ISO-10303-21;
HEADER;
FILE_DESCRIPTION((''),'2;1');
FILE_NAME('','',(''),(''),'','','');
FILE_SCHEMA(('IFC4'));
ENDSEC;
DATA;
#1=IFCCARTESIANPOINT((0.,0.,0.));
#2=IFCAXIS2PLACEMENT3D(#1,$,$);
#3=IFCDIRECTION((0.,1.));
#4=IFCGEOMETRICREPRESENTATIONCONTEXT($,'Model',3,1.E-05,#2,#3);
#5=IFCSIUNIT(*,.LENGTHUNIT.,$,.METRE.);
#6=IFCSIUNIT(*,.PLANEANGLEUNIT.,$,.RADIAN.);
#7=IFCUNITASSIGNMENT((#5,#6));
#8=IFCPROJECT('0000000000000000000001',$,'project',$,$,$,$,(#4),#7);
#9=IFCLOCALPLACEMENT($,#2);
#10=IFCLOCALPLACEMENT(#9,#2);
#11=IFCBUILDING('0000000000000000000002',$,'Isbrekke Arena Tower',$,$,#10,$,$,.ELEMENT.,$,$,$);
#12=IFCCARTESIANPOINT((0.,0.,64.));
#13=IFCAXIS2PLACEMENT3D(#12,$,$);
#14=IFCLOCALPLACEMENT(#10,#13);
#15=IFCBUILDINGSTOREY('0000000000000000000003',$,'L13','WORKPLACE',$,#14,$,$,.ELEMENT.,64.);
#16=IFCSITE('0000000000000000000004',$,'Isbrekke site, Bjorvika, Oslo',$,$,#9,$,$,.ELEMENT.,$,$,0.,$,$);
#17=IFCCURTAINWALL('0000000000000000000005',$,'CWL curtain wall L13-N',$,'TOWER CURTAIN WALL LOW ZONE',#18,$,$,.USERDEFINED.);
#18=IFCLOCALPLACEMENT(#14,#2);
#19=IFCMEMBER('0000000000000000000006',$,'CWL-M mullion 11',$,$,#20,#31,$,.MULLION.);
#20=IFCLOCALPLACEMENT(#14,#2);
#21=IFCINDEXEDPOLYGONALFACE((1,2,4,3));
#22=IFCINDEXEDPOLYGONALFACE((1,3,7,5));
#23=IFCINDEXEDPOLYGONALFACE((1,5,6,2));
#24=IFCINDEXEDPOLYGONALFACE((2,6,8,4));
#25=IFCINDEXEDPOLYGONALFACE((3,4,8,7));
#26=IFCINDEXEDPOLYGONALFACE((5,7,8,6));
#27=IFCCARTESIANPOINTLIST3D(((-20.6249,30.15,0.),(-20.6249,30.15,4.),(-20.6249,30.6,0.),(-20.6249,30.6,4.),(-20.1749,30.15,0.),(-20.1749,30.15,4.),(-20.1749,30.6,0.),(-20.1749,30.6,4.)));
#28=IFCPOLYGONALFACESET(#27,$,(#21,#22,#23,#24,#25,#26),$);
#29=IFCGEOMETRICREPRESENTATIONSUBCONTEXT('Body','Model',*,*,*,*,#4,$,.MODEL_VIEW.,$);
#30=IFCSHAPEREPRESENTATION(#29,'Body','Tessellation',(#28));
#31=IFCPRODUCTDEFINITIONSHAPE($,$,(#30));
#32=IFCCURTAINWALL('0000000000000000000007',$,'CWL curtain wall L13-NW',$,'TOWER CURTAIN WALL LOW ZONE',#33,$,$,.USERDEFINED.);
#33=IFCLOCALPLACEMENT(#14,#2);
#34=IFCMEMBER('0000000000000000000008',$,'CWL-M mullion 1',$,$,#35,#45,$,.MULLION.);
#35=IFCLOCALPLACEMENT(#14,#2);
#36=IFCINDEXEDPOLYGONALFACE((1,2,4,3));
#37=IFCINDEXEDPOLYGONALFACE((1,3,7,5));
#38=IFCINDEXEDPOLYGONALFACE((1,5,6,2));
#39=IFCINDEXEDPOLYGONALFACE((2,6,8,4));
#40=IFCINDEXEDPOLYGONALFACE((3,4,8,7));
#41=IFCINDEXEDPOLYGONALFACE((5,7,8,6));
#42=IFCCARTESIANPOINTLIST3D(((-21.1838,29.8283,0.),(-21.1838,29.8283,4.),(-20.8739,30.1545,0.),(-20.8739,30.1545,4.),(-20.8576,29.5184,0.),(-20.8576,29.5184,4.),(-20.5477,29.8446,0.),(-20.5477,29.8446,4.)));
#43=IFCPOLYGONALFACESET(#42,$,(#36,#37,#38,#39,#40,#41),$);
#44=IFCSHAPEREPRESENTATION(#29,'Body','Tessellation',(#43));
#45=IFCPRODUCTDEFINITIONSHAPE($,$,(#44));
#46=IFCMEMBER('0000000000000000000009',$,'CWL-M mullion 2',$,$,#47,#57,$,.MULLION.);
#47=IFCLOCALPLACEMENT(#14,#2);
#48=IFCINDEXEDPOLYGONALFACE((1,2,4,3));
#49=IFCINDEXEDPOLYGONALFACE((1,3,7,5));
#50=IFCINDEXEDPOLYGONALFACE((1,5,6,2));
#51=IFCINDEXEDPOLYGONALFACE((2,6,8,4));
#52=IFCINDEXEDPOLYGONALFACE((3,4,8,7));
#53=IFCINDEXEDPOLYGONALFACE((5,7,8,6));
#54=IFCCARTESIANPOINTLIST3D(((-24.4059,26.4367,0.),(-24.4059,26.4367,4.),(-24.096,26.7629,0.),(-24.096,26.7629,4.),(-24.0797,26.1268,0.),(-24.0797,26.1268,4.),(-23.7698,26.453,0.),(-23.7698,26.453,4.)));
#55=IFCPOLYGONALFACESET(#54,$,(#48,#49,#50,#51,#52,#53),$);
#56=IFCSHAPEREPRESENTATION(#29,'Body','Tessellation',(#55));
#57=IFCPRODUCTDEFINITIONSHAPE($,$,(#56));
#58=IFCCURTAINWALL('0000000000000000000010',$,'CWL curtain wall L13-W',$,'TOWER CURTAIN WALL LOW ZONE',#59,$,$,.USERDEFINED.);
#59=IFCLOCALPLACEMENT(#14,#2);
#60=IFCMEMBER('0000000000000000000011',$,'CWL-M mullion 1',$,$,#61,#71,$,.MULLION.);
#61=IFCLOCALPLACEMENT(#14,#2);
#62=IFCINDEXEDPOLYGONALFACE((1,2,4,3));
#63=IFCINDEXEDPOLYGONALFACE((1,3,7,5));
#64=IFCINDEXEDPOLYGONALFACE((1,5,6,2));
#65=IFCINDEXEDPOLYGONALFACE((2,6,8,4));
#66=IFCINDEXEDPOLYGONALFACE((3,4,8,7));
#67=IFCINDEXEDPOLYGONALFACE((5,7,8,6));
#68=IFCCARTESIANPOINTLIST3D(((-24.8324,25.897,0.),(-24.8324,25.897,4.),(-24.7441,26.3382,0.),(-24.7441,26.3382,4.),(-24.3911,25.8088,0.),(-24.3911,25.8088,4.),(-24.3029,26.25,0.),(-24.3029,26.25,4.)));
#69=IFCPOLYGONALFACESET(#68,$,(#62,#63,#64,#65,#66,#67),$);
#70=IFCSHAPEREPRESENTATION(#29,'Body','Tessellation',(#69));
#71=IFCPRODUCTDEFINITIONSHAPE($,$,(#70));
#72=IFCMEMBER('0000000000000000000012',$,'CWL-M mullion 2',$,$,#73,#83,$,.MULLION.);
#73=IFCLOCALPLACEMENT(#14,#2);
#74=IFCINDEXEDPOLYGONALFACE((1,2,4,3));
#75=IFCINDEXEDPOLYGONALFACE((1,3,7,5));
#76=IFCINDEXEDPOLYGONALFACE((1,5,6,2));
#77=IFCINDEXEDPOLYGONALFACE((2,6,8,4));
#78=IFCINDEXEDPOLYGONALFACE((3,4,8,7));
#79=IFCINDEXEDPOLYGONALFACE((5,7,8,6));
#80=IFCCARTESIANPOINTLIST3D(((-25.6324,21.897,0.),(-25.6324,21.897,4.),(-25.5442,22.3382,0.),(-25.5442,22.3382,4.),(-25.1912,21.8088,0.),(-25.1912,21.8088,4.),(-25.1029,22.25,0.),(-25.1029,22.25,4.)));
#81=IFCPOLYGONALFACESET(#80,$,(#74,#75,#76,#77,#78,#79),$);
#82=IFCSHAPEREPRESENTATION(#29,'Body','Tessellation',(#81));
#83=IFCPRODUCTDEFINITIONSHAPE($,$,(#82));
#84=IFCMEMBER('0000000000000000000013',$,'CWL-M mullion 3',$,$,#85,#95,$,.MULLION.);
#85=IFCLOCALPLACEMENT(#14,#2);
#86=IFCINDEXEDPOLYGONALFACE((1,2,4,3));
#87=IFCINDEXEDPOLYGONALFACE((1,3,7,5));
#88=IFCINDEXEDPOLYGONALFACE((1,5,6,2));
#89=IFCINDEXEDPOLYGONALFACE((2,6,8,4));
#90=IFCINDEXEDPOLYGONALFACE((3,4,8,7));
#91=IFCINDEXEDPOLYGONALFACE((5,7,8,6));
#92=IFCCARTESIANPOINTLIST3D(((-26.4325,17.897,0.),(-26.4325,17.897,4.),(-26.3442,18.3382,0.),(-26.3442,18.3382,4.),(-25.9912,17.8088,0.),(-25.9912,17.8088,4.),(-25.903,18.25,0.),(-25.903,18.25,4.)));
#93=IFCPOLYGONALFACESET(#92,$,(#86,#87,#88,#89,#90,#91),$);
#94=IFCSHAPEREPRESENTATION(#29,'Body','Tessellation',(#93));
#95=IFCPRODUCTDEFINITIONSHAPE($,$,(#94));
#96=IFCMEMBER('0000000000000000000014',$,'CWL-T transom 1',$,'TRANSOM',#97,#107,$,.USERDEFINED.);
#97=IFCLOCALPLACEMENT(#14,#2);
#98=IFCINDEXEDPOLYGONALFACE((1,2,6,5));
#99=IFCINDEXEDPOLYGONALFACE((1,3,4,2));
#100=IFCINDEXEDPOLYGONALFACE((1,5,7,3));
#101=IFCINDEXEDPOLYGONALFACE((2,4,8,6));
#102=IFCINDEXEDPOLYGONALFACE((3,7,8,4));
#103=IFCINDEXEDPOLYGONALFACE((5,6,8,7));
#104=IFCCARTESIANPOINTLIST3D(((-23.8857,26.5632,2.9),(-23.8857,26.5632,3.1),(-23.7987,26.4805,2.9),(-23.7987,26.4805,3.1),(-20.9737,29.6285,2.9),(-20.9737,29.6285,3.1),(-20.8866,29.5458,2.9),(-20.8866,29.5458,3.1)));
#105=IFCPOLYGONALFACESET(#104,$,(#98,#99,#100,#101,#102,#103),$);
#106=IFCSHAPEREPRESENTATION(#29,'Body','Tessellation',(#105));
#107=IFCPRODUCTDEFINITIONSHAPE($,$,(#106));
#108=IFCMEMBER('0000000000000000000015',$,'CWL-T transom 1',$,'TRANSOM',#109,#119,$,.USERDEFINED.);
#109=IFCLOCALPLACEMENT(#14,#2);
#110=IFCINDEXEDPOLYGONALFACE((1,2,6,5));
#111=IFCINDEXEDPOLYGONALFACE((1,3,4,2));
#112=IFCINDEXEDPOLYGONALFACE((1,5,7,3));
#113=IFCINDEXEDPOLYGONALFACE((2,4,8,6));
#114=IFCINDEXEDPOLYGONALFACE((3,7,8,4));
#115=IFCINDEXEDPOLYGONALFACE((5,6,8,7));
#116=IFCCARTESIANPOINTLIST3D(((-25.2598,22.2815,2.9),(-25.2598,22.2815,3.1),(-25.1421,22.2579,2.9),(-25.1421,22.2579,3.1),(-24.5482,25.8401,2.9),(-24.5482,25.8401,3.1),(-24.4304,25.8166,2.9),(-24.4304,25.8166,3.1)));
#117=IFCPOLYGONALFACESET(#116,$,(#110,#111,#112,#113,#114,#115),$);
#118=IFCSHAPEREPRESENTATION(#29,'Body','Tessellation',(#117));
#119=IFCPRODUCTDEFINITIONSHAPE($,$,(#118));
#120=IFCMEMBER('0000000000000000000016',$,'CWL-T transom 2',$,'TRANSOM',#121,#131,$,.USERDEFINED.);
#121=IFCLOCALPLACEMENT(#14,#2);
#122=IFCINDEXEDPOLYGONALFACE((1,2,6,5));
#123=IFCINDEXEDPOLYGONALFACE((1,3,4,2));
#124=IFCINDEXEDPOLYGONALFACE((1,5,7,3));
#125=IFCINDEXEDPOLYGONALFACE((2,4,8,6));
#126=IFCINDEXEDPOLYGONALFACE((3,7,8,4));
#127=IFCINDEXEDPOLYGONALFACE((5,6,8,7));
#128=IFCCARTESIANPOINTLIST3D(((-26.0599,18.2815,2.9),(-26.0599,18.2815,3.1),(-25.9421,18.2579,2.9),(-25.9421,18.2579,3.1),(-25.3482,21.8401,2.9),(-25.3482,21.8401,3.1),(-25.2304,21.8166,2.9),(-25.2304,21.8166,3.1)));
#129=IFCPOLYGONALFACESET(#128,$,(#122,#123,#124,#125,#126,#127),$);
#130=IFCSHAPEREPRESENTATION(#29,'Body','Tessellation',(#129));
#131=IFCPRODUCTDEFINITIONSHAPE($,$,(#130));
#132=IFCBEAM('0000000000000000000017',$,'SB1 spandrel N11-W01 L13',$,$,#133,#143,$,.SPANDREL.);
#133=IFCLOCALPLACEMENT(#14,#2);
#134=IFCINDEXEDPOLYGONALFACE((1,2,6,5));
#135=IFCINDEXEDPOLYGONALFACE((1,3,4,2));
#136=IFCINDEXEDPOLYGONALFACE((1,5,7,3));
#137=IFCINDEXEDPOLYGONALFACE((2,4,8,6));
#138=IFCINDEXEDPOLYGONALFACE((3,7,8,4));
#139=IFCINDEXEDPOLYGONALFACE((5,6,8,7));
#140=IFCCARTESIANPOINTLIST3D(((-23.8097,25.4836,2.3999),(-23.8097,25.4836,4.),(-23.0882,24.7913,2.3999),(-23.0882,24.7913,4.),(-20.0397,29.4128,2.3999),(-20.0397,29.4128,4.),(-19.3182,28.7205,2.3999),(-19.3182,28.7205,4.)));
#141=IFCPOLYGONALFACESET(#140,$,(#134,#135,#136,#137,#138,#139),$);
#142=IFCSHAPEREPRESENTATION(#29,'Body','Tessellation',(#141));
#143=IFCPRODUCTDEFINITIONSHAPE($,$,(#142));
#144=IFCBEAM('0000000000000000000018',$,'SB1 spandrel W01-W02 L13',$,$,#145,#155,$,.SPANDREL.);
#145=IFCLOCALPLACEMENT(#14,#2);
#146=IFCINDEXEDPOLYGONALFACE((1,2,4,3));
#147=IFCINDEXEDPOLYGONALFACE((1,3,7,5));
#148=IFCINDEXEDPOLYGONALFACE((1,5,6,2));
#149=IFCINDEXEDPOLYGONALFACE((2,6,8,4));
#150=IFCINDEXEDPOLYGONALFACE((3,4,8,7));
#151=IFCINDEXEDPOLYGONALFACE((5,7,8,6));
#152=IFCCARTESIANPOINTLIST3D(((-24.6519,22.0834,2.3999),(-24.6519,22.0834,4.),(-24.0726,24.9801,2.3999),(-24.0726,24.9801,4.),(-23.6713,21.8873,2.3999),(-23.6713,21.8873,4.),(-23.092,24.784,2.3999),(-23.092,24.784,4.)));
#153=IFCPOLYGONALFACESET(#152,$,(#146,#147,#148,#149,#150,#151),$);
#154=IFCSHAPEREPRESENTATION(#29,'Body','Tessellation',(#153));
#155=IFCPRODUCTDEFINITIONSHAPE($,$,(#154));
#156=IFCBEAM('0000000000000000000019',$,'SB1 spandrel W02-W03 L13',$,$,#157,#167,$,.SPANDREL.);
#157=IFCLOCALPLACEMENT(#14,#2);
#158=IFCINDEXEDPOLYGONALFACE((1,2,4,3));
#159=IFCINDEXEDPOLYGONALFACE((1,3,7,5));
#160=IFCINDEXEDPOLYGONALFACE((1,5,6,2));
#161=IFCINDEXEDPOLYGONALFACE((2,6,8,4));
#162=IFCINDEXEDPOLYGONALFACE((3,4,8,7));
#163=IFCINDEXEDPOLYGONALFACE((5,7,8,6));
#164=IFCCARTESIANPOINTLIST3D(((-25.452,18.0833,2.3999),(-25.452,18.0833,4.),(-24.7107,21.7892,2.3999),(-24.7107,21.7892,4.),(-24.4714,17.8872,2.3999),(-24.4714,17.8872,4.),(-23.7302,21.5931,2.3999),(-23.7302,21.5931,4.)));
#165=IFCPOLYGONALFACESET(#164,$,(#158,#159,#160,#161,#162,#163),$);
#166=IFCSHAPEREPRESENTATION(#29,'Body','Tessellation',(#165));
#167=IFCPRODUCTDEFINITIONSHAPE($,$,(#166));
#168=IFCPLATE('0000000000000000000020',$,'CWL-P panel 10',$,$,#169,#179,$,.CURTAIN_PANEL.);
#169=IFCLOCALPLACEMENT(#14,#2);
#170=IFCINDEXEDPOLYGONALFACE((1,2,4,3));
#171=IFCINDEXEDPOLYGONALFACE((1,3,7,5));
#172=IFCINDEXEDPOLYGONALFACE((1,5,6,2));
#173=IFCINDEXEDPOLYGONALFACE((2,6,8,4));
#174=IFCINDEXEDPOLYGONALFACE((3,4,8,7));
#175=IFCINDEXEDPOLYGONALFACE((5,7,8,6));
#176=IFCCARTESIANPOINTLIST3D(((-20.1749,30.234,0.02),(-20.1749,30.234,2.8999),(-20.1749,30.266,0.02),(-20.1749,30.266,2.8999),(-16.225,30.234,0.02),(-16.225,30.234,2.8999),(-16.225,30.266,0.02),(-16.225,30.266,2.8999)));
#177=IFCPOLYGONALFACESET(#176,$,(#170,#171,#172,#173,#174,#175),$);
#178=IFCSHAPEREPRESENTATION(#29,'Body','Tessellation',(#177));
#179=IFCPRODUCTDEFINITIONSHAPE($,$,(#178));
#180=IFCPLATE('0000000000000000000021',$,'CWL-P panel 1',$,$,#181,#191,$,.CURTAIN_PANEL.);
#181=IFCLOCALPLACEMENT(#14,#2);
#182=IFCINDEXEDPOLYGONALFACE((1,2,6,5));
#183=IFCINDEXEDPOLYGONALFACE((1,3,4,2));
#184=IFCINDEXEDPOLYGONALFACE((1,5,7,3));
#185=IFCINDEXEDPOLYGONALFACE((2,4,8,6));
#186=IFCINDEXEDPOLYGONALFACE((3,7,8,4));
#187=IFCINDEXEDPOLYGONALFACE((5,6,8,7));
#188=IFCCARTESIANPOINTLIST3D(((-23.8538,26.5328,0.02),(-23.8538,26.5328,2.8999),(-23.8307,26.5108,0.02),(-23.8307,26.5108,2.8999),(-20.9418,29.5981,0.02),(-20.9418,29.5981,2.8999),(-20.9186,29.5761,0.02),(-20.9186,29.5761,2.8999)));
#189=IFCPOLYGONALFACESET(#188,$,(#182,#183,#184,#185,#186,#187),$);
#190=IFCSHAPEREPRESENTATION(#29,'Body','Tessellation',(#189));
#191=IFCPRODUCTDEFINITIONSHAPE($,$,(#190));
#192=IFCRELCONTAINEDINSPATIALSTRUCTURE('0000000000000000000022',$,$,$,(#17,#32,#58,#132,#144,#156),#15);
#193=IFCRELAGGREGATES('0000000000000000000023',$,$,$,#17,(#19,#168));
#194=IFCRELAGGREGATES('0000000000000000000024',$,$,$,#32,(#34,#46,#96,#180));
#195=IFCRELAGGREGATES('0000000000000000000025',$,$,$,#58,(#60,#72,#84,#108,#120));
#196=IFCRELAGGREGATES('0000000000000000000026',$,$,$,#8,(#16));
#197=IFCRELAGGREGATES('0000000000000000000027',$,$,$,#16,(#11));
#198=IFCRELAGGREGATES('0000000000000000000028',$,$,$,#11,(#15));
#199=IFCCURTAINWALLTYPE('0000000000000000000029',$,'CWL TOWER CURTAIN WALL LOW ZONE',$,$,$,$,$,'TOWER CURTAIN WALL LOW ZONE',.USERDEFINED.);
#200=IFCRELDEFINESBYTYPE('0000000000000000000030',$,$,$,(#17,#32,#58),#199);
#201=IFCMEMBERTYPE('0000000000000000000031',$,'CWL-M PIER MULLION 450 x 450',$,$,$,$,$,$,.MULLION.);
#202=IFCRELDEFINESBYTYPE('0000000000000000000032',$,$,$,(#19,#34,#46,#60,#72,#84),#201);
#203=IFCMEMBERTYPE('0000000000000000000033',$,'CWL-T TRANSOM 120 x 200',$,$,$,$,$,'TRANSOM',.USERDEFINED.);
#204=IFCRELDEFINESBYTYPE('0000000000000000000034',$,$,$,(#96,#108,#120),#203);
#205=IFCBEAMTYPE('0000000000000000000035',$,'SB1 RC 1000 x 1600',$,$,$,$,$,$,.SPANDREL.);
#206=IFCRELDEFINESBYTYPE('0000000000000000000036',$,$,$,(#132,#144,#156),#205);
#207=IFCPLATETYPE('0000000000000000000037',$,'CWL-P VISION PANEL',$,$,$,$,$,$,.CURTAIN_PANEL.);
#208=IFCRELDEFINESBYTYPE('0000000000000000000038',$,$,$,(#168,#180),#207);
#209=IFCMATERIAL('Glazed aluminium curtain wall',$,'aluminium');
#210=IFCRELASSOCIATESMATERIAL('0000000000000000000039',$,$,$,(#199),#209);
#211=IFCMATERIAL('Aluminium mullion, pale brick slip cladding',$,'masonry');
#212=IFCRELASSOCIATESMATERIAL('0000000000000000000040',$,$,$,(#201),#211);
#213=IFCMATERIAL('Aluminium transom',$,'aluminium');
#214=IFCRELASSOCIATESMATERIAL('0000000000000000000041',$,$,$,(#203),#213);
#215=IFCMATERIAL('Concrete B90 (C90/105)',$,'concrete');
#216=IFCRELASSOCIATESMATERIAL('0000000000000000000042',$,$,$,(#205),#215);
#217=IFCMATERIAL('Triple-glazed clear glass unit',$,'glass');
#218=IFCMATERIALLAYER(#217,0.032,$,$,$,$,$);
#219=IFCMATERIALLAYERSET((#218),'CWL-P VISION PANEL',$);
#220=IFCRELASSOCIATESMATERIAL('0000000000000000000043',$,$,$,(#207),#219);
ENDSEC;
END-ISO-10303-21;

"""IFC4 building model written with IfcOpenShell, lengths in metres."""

from ifc_helpers import new_model, si_unit, direction, frame, origin, origin_2d, place, context, subcontext, project, spatial, rectangle, extrude, material, layer, layer_set, material_profile, profile_set, type_object, element, aggregate, save


model = new_model("IFC4")

# Units and contexts
model_context = context("Model", 3, precision=1e-05, world=origin(), true_north=direction((0.0, 1.0)))
body_context = subcontext(model_context, "Body", "Model", "MODEL_VIEW")
ifc_project = project(units=[si_unit("LENGTHUNIT", "METRE"), si_unit("PLANEANGLEUNIT", "RADIAN")], contexts=[model_context])

# Site, building, storey
site_placement = place(None, origin())
site = spatial("IfcSite", under=ifc_project, at=site_placement, Name="Isbrekke site, Bjorvika, Oslo", CompositionType="ELEMENT", RefElevation=0.0)
building_placement = place(site_placement, origin())
building = spatial("IfcBuilding", under=site, at=building_placement, Name="Isbrekke Arena Tower", CompositionType="ELEMENT")
storey_placement = place(building_placement, frame((0.0, 0.0, 64.0)))
storey = spatial("IfcBuildingStorey", under=building, at=storey_placement, Name="L13", Description="WORKPLACE", CompositionType="ELEMENT", Elevation=64.0)

# Curtain wall, member
ifc_material_1 = material(Name="Glazed aluminium curtain wall", Category="aluminium")
curtain_wall_type = type_object("IfcCurtainWallType", Name="CWL TOWER CURTAIN WALL LOW ZONE", ElementType="TOWER CURTAIN WALL LOW ZONE", PredefinedType="USERDEFINED", material=ifc_material_1)
curtain_wall_1_placement = place(storey_placement, origin())
curtain_wall_1 = element("IfcCurtainWall", 1, at=curtain_wall_1_placement, inside=storey, type_object=curtain_wall_type, Name="CWL curtain wall L13-N", ObjectType="TOWER CURTAIN WALL LOW ZONE", PredefinedType="USERDEFINED")
ifc_material_2 = material(Name="Aluminium mullion, pale brick slip cladding", Category="masonry")
ifc_material_profile_1 = material_profile(ifc_material_2, rectangle(XDim=0.45, YDim=0.45, at=origin_2d()), Name="PIER 450X450")
ifc_profile_set_1 = profile_set([ifc_material_profile_1], Name="Aluminium mullion, pale brick slip cladding")
member_type_1 = type_object("IfcMemberType", Name="CWL-M PIER MULLION 450 x 450", PredefinedType="MULLION", material=ifc_profile_set_1)
member_1_placement = place(storey_placement, frame((-20.3999, 30.375, 0.0), z_axis=(0.0, 0.0, 1.0), x_axis=(-1.0, 0.0, 0.0)))
member_1 = element("IfcMember", 2, at=member_1_placement, type_object=member_type_1, Name="CWL-M mullion 11", PredefinedType="MULLION", context=body_context, shape_type="SweptSolid", body=[
    extrude(rectangle(XDim=0.45, YDim=0.45, at=origin_2d()), origin(), (0.0, 0.0, 1.0), 4.0),
])

# Curtain walls, members
curtain_wall_2_placement = place(storey_placement, origin())
curtain_wall_2 = element("IfcCurtainWall", 3, at=curtain_wall_2_placement, inside=storey, type_object=curtain_wall_type, Name="CWL curtain wall L13-NW", ObjectType="TOWER CURTAIN WALL LOW ZONE", PredefinedType="USERDEFINED")
member_2_placement = place(storey_placement, frame((-20.8657, 29.8364, 0.0), z_axis=(0.0, 0.0, 1.0), x_axis=(-0.688749, -0.724999, 0.0)))
member_2 = element("IfcMember", 4, at=member_2_placement, type_object=member_type_1, Name="CWL-M mullion 1", PredefinedType="MULLION", context=body_context, shape_type="SweptSolid", body=[
    extrude(rectangle(XDim=0.45, YDim=0.45, at=origin_2d()), origin(), (0.0, 0.0, 1.0), 4.0),
])
member_3_placement = place(storey_placement, frame((-24.0879, 26.4448, 0.0), z_axis=(0.0, 0.0, 1.0), x_axis=(-0.688749, -0.724999, 0.0)))
member_3 = element("IfcMember", 5, at=member_3_placement, type_object=member_type_1, Name="CWL-M mullion 2", PredefinedType="MULLION", context=body_context, shape_type="SweptSolid", body=[
    extrude(rectangle(XDim=0.45, YDim=0.45, at=origin_2d()), origin(), (0.0, 0.0, 1.0), 4.0),
])
curtain_wall_3_placement = place(storey_placement, origin())
curtain_wall_3 = element("IfcCurtainWall", 6, at=curtain_wall_3_placement, inside=storey, type_object=curtain_wall_type, Name="CWL curtain wall L13-W", ObjectType="TOWER CURTAIN WALL LOW ZONE", PredefinedType="USERDEFINED")
member_4_placement = place(storey_placement, frame((-24.5676, 26.0735, 0.0), z_axis=(0.0, 0.0, 1.0), x_axis=(-0.196116, -0.980581, 0.0)))
member_4 = element("IfcMember", 7, at=member_4_placement, type_object=member_type_1, Name="CWL-M mullion 1", PredefinedType="MULLION", context=body_context, shape_type="SweptSolid", body=[
    extrude(rectangle(XDim=0.45, YDim=0.45, at=origin_2d()), origin(), (0.0, 0.0, 1.0), 4.0),
])
member_5_placement = place(storey_placement, frame((-25.3677, 22.0735, 0.0), z_axis=(0.0, 0.0, 1.0), x_axis=(-0.196116, -0.980581, 0.0)))
member_5 = element("IfcMember", 8, at=member_5_placement, type_object=member_type_1, Name="CWL-M mullion 2", PredefinedType="MULLION", context=body_context, shape_type="SweptSolid", body=[
    extrude(rectangle(XDim=0.45, YDim=0.45, at=origin_2d()), origin(), (0.0, 0.0, 1.0), 4.0),
])
member_6_placement = place(storey_placement, frame((-26.1677, 18.0735, 0.0), z_axis=(0.0, 0.0, 1.0), x_axis=(-0.196116, -0.980581, 0.0)))
member_6 = element("IfcMember", 9, at=member_6_placement, type_object=member_type_1, Name="CWL-M mullion 3", PredefinedType="MULLION", context=body_context, shape_type="SweptSolid", body=[
    extrude(rectangle(XDim=0.45, YDim=0.45, at=origin_2d()), origin(), (0.0, 0.0, 1.0), 4.0),
])

# Members
ifc_material_3 = material(Name="Aluminium transom", Category="aluminium")
ifc_material_profile_2 = material_profile(ifc_material_3, rectangle(XDim=0.1201, YDim=0.2, at=origin_2d()), Name="TRANSOM 120X200")
ifc_profile_set_2 = profile_set([ifc_material_profile_2], Name="Aluminium transom")
member_type_2 = type_object("IfcMemberType", Name="CWL-T TRANSOM 120 x 200", ElementType="TRANSOM", PredefinedType="USERDEFINED", material=ifc_profile_set_2)
member_7_placement = place(storey_placement, frame((-20.9302, 29.5872, 3.0), z_axis=(-0.688743, -0.725005, 0.0), x_axis=(0.725005, -0.688743, 0.0)))
member_7 = element("IfcMember", 10, at=member_7_placement, type_object=member_type_2, Name="CWL-T transom 1", ObjectType="TRANSOM", PredefinedType="USERDEFINED", context=body_context, shape_type="SweptSolid", body=[
    extrude(rectangle(XDim=0.1201, YDim=0.2, at=origin_2d()), origin(), (0.0, 0.0, 1.0), 4.228),
])
member_8_placement = place(storey_placement, frame((-24.4893, 25.8284, 3.0), z_axis=(-0.196103, -0.980583, 0.0), x_axis=(0.980583, -0.196103, 0.0)))
member_8 = element("IfcMember", 11, at=member_8_placement, type_object=member_type_2, Name="CWL-T transom 1", ObjectType="TRANSOM", PredefinedType="USERDEFINED", context=body_context, shape_type="SweptSolid", body=[
    extrude(rectangle(XDim=0.1201, YDim=0.2, at=origin_2d()), origin(), (0.0, 0.0, 1.0), 3.6292),
])
member_9_placement = place(storey_placement, frame((-25.2893, 21.8284, 3.0), z_axis=(-0.196103, -0.980583, 0.0), x_axis=(0.980583, -0.196103, 0.0)))
member_9 = element("IfcMember", 12, at=member_9_placement, type_object=member_type_2, Name="CWL-T transom 2", ObjectType="TRANSOM", PredefinedType="USERDEFINED", context=body_context, shape_type="SweptSolid", body=[
    extrude(rectangle(XDim=0.1201, YDim=0.2, at=origin_2d()), origin(), (0.0, 0.0, 1.0), 3.6292),
])

# Beams
ifc_material_4 = material(Name="Concrete B90 (C90/105)", Category="concrete")
ifc_material_profile_3 = material_profile(ifc_material_4, rectangle(XDim=1.0, YDim=1.6001, at=origin_2d()), Name="RC 1000x1600")
ifc_profile_set_3 = profile_set([ifc_material_profile_3], Name="Concrete B90 (C90/105)")
beam_type_1 = type_object("IfcBeamType", Name="SB1 RC 1000 x 1600", PredefinedType="SPANDREL", material=ifc_profile_set_3)
beam_1_placement = place(storey_placement, frame((-19.679, 29.0667, 3.2), z_axis=(-0.69234, -0.721572, 0.0), x_axis=(0.721572, -0.69234, 0.0)))
element("IfcBeam", 13, at=beam_1_placement, inside=storey, type_object=beam_type_1, Name="SB1 spandrel N11-W01 L13", PredefinedType="SPANDREL", context=body_context, shape_type="SweptSolid", body=[
    extrude(rectangle(XDim=1.0, YDim=1.6001, at=origin_2d()), origin(), (0.0, 0.0, 1.0), 5.4453),
])
beam_2_placement = place(storey_placement, frame((-23.5823, 24.8821, 3.2), z_axis=(-0.196116, -0.980581, 0.0), x_axis=(0.980581, -0.196116, 0.0)))
element("IfcBeam", 14, at=beam_2_placement, inside=storey, type_object=beam_type_1, Name="SB1 spandrel W01-W02 L13", PredefinedType="SPANDREL", context=body_context, shape_type="SweptSolid", body=[
    extrude(rectangle(XDim=1.0, YDim=1.6001, at=origin_2d()), origin(), (0.0, 0.0, 1.0), 2.9541),
])
beam_3_placement = place(storey_placement, frame((-24.2205, 21.6912, 3.2), z_axis=(-0.196129, -0.980578, 0.0), x_axis=(0.980578, -0.196129, 0.0)))
element("IfcBeam", 15, at=beam_3_placement, inside=storey, type_object=beam_type_1, Name="SB1 spandrel W02-W03 L13", PredefinedType="SPANDREL", context=body_context, shape_type="SweptSolid", body=[
    extrude(rectangle(XDim=1.0, YDim=1.6001, at=origin_2d()), origin(), (0.0, 0.0, 1.0), 3.7793),
])

# Plates
ifc_material_5 = material(Name="Triple-glazed clear glass unit", Category="glass")
ifc_layer_1 = layer(ifc_material_5, 0.032)
ifc_layer_set_1 = layer_set([ifc_layer_1], Name="CWL-P VISION PANEL")
plate_type = type_object("IfcPlateType", Name="CWL-P VISION PANEL", PredefinedType="CURTAIN_PANEL", material=ifc_layer_set_1)
plate_1_placement = place(storey_placement, frame((-18.2, 30.25, 0.02), z_axis=(0.0, 0.0, 1.0), x_axis=(-1.0, 0.0, 0.0)))
plate_1 = element("IfcPlate", 16, at=plate_1_placement, type_object=plate_type, Name="CWL-P panel 10", PredefinedType="CURTAIN_PANEL", context=body_context, shape_type="SweptSolid", body=[
    extrude(rectangle(XDim=3.95, YDim=0.032, at=origin_2d()), origin(), (0.0, 0.0, 1.0), 2.8799),
])
aggregate(curtain_wall_1, [member_1, plate_1])
plate_2_placement = place(storey_placement, frame((-22.3862, 28.0544, 0.02), z_axis=(0.0, 0.0, 1.0), x_axis=(-0.688749, -0.724999, 0.0)))
plate_2 = element("IfcPlate", 17, at=plate_2_placement, type_object=plate_type, Name="CWL-P panel 1", PredefinedType="CURTAIN_PANEL", context=body_context, shape_type="SweptSolid", body=[
    extrude(rectangle(XDim=4.228, YDim=0.032, at=origin_2d()), origin(), (0.0, 0.0, 1.0), 2.8799),
])
aggregate(curtain_wall_2, [member_2, member_3, member_7, plate_2])
aggregate(curtain_wall_3, [member_4, member_5, member_6, member_8, member_9])

save(model, "model.ifc")
